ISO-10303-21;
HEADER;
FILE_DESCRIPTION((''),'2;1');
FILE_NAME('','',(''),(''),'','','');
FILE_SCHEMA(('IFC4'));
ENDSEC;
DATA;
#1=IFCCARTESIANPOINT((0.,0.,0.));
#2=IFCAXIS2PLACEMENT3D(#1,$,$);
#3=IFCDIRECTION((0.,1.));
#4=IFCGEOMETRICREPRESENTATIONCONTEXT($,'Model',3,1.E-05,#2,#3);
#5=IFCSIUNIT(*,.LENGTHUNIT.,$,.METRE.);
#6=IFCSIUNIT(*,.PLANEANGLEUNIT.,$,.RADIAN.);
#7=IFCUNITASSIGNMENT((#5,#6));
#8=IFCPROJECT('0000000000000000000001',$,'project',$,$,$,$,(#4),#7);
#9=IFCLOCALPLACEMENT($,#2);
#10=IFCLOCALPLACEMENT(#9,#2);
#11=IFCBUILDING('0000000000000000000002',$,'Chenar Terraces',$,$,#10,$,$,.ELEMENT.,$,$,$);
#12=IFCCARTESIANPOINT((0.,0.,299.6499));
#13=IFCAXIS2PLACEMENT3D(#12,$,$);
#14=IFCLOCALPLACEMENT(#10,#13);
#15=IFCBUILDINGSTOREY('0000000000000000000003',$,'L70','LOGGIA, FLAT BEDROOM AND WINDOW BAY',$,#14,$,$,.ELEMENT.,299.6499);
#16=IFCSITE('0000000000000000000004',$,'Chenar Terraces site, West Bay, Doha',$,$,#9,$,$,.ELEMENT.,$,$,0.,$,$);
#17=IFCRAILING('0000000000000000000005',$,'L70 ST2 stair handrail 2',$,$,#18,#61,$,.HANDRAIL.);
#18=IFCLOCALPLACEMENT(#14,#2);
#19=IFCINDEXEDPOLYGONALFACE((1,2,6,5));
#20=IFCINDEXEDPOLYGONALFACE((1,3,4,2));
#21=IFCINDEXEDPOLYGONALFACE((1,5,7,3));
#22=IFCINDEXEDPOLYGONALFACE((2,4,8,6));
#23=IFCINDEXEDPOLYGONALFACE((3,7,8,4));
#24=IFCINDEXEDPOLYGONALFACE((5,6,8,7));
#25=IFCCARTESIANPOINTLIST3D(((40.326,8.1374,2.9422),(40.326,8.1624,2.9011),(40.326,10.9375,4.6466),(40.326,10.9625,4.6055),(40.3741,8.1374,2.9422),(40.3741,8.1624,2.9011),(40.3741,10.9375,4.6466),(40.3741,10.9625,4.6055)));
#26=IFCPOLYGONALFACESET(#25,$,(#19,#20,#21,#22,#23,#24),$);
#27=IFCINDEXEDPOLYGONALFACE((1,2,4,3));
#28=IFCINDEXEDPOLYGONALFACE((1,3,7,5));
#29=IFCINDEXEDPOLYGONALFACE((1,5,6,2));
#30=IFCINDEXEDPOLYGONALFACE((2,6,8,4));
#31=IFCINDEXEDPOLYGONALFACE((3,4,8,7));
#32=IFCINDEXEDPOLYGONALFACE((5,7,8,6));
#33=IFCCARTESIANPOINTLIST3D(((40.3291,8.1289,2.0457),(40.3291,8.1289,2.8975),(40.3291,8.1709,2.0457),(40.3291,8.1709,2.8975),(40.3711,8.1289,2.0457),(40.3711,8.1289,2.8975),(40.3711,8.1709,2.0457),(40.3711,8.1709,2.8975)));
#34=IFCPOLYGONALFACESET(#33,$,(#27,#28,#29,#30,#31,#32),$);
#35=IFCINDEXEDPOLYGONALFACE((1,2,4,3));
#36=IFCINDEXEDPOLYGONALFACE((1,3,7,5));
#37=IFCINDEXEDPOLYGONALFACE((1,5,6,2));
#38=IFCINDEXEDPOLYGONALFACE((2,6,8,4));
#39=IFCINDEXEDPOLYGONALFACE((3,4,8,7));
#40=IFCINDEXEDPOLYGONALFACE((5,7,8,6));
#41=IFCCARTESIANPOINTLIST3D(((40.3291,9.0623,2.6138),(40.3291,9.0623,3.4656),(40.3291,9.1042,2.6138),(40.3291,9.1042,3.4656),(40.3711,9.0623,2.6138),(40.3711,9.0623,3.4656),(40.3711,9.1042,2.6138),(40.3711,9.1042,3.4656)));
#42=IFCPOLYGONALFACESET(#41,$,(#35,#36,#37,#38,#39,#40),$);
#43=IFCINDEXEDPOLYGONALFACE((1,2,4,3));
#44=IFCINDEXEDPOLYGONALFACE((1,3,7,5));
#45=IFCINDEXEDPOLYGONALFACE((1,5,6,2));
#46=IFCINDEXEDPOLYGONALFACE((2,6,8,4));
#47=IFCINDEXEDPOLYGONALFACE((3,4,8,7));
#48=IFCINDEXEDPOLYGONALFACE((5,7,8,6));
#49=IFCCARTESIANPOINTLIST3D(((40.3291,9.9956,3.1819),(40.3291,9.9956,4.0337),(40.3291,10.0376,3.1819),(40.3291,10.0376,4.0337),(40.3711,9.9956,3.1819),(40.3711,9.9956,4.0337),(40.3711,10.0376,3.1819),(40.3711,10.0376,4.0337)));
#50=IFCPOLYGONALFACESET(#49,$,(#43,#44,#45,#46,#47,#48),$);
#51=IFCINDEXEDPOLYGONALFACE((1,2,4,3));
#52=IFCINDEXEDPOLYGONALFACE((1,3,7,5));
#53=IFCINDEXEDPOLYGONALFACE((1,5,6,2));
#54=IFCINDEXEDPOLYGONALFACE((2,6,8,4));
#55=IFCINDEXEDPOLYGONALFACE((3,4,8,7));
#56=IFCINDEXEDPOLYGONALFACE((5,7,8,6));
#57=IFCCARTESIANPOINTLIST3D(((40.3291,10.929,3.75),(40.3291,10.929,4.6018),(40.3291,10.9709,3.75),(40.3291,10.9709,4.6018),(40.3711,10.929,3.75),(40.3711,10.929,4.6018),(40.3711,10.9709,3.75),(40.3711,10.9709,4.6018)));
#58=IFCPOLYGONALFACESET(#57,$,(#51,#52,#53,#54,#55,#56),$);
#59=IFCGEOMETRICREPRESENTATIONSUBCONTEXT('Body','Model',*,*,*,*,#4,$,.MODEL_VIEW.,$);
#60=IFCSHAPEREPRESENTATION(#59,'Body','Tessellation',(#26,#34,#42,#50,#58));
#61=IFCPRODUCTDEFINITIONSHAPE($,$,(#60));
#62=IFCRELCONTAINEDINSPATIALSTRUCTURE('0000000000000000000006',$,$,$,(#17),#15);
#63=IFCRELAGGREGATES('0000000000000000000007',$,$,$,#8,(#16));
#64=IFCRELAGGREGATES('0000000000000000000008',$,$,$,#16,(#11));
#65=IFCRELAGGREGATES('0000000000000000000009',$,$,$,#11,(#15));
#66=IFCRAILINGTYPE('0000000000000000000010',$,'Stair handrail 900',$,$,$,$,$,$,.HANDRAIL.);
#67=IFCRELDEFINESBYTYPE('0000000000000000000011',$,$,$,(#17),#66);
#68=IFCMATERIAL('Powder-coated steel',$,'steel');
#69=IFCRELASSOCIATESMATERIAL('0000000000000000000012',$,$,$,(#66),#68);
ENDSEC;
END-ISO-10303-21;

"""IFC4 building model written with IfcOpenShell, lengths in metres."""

from ifc_helpers import new_model, si_unit, direction, frame, origin, origin_2d, place, context, subcontext, project, spatial, rectangle, extrude, material, type_object, element, save


model = new_model("IFC4")

# Units and contexts
model_context = context("Model", 3, precision=1e-05, world=origin(), true_north=direction((0.0, 1.0)))
body_context = subcontext(model_context, "Body", "Model", "MODEL_VIEW")
ifc_project = project(units=[si_unit("LENGTHUNIT", "METRE"), si_unit("PLANEANGLEUNIT", "RADIAN")], contexts=[model_context])

# Site, building, storey
site_placement = place(None, origin())
site = spatial("IfcSite", under=ifc_project, at=site_placement, Name="Chenar Terraces site, West Bay, Doha", CompositionType="ELEMENT", RefElevation=0.0)
building_placement = place(site_placement, origin())
building = spatial("IfcBuilding", under=site, at=building_placement, Name="Chenar Terraces", CompositionType="ELEMENT")
storey_placement = place(building_placement, frame((0.0, 0.0, 299.6499)))
storey = spatial("IfcBuildingStorey", under=building, at=storey_placement, Name="L70", Description="LOGGIA, FLAT BEDROOM AND WINDOW BAY", CompositionType="ELEMENT", Elevation=299.6499)

# Railing
ifc_material_1 = material(Name="Powder-coated steel", Category="steel")
railing_type_1 = type_object("IfcRailingType", Name="Stair handrail 900", PredefinedType="HANDRAIL", material=ifc_material_1)
railing_1_placement = place(storey_placement, frame((40.3501, 8.1499, 2.0457)))
element("IfcRailing", 1, at=railing_1_placement, inside=storey, type_object=railing_type_1, Name="L70 ST2 stair handrail 2", PredefinedType="HANDRAIL", context=body_context, shape_type="SweptSolid", body=[
    extrude(rectangle(XDim=0.0481, YDim=0.0481, at=origin_2d()), frame((0.0, 0.0, 0.876), z_axis=(0.0, 0.854203, 0.51994), x_axis=(-1.0, 0.0, 0.0)), (0.0, 0.0, 1.0), 3.2781),
    extrude(rectangle(XDim=0.042, YDim=0.042, at=origin_2d()), origin(), (0.0, 0.0, 1.0), 0.8518),
    extrude(rectangle(XDim=0.042, YDim=0.042, at=origin_2d()), frame((0.0, 0.9333, 0.5681)), (0.0, 0.0, 1.0), 0.8518),
    extrude(rectangle(XDim=0.042, YDim=0.042, at=origin_2d()), frame((0.0, 1.8667, 1.1362)), (0.0, 0.0, 1.0), 0.8518),
    extrude(rectangle(XDim=0.042, YDim=0.042, at=origin_2d()), frame((0.0, 2.8, 1.7043)), (0.0, 0.0, 1.0), 0.8518),
])

save(model, "model.ifc")
